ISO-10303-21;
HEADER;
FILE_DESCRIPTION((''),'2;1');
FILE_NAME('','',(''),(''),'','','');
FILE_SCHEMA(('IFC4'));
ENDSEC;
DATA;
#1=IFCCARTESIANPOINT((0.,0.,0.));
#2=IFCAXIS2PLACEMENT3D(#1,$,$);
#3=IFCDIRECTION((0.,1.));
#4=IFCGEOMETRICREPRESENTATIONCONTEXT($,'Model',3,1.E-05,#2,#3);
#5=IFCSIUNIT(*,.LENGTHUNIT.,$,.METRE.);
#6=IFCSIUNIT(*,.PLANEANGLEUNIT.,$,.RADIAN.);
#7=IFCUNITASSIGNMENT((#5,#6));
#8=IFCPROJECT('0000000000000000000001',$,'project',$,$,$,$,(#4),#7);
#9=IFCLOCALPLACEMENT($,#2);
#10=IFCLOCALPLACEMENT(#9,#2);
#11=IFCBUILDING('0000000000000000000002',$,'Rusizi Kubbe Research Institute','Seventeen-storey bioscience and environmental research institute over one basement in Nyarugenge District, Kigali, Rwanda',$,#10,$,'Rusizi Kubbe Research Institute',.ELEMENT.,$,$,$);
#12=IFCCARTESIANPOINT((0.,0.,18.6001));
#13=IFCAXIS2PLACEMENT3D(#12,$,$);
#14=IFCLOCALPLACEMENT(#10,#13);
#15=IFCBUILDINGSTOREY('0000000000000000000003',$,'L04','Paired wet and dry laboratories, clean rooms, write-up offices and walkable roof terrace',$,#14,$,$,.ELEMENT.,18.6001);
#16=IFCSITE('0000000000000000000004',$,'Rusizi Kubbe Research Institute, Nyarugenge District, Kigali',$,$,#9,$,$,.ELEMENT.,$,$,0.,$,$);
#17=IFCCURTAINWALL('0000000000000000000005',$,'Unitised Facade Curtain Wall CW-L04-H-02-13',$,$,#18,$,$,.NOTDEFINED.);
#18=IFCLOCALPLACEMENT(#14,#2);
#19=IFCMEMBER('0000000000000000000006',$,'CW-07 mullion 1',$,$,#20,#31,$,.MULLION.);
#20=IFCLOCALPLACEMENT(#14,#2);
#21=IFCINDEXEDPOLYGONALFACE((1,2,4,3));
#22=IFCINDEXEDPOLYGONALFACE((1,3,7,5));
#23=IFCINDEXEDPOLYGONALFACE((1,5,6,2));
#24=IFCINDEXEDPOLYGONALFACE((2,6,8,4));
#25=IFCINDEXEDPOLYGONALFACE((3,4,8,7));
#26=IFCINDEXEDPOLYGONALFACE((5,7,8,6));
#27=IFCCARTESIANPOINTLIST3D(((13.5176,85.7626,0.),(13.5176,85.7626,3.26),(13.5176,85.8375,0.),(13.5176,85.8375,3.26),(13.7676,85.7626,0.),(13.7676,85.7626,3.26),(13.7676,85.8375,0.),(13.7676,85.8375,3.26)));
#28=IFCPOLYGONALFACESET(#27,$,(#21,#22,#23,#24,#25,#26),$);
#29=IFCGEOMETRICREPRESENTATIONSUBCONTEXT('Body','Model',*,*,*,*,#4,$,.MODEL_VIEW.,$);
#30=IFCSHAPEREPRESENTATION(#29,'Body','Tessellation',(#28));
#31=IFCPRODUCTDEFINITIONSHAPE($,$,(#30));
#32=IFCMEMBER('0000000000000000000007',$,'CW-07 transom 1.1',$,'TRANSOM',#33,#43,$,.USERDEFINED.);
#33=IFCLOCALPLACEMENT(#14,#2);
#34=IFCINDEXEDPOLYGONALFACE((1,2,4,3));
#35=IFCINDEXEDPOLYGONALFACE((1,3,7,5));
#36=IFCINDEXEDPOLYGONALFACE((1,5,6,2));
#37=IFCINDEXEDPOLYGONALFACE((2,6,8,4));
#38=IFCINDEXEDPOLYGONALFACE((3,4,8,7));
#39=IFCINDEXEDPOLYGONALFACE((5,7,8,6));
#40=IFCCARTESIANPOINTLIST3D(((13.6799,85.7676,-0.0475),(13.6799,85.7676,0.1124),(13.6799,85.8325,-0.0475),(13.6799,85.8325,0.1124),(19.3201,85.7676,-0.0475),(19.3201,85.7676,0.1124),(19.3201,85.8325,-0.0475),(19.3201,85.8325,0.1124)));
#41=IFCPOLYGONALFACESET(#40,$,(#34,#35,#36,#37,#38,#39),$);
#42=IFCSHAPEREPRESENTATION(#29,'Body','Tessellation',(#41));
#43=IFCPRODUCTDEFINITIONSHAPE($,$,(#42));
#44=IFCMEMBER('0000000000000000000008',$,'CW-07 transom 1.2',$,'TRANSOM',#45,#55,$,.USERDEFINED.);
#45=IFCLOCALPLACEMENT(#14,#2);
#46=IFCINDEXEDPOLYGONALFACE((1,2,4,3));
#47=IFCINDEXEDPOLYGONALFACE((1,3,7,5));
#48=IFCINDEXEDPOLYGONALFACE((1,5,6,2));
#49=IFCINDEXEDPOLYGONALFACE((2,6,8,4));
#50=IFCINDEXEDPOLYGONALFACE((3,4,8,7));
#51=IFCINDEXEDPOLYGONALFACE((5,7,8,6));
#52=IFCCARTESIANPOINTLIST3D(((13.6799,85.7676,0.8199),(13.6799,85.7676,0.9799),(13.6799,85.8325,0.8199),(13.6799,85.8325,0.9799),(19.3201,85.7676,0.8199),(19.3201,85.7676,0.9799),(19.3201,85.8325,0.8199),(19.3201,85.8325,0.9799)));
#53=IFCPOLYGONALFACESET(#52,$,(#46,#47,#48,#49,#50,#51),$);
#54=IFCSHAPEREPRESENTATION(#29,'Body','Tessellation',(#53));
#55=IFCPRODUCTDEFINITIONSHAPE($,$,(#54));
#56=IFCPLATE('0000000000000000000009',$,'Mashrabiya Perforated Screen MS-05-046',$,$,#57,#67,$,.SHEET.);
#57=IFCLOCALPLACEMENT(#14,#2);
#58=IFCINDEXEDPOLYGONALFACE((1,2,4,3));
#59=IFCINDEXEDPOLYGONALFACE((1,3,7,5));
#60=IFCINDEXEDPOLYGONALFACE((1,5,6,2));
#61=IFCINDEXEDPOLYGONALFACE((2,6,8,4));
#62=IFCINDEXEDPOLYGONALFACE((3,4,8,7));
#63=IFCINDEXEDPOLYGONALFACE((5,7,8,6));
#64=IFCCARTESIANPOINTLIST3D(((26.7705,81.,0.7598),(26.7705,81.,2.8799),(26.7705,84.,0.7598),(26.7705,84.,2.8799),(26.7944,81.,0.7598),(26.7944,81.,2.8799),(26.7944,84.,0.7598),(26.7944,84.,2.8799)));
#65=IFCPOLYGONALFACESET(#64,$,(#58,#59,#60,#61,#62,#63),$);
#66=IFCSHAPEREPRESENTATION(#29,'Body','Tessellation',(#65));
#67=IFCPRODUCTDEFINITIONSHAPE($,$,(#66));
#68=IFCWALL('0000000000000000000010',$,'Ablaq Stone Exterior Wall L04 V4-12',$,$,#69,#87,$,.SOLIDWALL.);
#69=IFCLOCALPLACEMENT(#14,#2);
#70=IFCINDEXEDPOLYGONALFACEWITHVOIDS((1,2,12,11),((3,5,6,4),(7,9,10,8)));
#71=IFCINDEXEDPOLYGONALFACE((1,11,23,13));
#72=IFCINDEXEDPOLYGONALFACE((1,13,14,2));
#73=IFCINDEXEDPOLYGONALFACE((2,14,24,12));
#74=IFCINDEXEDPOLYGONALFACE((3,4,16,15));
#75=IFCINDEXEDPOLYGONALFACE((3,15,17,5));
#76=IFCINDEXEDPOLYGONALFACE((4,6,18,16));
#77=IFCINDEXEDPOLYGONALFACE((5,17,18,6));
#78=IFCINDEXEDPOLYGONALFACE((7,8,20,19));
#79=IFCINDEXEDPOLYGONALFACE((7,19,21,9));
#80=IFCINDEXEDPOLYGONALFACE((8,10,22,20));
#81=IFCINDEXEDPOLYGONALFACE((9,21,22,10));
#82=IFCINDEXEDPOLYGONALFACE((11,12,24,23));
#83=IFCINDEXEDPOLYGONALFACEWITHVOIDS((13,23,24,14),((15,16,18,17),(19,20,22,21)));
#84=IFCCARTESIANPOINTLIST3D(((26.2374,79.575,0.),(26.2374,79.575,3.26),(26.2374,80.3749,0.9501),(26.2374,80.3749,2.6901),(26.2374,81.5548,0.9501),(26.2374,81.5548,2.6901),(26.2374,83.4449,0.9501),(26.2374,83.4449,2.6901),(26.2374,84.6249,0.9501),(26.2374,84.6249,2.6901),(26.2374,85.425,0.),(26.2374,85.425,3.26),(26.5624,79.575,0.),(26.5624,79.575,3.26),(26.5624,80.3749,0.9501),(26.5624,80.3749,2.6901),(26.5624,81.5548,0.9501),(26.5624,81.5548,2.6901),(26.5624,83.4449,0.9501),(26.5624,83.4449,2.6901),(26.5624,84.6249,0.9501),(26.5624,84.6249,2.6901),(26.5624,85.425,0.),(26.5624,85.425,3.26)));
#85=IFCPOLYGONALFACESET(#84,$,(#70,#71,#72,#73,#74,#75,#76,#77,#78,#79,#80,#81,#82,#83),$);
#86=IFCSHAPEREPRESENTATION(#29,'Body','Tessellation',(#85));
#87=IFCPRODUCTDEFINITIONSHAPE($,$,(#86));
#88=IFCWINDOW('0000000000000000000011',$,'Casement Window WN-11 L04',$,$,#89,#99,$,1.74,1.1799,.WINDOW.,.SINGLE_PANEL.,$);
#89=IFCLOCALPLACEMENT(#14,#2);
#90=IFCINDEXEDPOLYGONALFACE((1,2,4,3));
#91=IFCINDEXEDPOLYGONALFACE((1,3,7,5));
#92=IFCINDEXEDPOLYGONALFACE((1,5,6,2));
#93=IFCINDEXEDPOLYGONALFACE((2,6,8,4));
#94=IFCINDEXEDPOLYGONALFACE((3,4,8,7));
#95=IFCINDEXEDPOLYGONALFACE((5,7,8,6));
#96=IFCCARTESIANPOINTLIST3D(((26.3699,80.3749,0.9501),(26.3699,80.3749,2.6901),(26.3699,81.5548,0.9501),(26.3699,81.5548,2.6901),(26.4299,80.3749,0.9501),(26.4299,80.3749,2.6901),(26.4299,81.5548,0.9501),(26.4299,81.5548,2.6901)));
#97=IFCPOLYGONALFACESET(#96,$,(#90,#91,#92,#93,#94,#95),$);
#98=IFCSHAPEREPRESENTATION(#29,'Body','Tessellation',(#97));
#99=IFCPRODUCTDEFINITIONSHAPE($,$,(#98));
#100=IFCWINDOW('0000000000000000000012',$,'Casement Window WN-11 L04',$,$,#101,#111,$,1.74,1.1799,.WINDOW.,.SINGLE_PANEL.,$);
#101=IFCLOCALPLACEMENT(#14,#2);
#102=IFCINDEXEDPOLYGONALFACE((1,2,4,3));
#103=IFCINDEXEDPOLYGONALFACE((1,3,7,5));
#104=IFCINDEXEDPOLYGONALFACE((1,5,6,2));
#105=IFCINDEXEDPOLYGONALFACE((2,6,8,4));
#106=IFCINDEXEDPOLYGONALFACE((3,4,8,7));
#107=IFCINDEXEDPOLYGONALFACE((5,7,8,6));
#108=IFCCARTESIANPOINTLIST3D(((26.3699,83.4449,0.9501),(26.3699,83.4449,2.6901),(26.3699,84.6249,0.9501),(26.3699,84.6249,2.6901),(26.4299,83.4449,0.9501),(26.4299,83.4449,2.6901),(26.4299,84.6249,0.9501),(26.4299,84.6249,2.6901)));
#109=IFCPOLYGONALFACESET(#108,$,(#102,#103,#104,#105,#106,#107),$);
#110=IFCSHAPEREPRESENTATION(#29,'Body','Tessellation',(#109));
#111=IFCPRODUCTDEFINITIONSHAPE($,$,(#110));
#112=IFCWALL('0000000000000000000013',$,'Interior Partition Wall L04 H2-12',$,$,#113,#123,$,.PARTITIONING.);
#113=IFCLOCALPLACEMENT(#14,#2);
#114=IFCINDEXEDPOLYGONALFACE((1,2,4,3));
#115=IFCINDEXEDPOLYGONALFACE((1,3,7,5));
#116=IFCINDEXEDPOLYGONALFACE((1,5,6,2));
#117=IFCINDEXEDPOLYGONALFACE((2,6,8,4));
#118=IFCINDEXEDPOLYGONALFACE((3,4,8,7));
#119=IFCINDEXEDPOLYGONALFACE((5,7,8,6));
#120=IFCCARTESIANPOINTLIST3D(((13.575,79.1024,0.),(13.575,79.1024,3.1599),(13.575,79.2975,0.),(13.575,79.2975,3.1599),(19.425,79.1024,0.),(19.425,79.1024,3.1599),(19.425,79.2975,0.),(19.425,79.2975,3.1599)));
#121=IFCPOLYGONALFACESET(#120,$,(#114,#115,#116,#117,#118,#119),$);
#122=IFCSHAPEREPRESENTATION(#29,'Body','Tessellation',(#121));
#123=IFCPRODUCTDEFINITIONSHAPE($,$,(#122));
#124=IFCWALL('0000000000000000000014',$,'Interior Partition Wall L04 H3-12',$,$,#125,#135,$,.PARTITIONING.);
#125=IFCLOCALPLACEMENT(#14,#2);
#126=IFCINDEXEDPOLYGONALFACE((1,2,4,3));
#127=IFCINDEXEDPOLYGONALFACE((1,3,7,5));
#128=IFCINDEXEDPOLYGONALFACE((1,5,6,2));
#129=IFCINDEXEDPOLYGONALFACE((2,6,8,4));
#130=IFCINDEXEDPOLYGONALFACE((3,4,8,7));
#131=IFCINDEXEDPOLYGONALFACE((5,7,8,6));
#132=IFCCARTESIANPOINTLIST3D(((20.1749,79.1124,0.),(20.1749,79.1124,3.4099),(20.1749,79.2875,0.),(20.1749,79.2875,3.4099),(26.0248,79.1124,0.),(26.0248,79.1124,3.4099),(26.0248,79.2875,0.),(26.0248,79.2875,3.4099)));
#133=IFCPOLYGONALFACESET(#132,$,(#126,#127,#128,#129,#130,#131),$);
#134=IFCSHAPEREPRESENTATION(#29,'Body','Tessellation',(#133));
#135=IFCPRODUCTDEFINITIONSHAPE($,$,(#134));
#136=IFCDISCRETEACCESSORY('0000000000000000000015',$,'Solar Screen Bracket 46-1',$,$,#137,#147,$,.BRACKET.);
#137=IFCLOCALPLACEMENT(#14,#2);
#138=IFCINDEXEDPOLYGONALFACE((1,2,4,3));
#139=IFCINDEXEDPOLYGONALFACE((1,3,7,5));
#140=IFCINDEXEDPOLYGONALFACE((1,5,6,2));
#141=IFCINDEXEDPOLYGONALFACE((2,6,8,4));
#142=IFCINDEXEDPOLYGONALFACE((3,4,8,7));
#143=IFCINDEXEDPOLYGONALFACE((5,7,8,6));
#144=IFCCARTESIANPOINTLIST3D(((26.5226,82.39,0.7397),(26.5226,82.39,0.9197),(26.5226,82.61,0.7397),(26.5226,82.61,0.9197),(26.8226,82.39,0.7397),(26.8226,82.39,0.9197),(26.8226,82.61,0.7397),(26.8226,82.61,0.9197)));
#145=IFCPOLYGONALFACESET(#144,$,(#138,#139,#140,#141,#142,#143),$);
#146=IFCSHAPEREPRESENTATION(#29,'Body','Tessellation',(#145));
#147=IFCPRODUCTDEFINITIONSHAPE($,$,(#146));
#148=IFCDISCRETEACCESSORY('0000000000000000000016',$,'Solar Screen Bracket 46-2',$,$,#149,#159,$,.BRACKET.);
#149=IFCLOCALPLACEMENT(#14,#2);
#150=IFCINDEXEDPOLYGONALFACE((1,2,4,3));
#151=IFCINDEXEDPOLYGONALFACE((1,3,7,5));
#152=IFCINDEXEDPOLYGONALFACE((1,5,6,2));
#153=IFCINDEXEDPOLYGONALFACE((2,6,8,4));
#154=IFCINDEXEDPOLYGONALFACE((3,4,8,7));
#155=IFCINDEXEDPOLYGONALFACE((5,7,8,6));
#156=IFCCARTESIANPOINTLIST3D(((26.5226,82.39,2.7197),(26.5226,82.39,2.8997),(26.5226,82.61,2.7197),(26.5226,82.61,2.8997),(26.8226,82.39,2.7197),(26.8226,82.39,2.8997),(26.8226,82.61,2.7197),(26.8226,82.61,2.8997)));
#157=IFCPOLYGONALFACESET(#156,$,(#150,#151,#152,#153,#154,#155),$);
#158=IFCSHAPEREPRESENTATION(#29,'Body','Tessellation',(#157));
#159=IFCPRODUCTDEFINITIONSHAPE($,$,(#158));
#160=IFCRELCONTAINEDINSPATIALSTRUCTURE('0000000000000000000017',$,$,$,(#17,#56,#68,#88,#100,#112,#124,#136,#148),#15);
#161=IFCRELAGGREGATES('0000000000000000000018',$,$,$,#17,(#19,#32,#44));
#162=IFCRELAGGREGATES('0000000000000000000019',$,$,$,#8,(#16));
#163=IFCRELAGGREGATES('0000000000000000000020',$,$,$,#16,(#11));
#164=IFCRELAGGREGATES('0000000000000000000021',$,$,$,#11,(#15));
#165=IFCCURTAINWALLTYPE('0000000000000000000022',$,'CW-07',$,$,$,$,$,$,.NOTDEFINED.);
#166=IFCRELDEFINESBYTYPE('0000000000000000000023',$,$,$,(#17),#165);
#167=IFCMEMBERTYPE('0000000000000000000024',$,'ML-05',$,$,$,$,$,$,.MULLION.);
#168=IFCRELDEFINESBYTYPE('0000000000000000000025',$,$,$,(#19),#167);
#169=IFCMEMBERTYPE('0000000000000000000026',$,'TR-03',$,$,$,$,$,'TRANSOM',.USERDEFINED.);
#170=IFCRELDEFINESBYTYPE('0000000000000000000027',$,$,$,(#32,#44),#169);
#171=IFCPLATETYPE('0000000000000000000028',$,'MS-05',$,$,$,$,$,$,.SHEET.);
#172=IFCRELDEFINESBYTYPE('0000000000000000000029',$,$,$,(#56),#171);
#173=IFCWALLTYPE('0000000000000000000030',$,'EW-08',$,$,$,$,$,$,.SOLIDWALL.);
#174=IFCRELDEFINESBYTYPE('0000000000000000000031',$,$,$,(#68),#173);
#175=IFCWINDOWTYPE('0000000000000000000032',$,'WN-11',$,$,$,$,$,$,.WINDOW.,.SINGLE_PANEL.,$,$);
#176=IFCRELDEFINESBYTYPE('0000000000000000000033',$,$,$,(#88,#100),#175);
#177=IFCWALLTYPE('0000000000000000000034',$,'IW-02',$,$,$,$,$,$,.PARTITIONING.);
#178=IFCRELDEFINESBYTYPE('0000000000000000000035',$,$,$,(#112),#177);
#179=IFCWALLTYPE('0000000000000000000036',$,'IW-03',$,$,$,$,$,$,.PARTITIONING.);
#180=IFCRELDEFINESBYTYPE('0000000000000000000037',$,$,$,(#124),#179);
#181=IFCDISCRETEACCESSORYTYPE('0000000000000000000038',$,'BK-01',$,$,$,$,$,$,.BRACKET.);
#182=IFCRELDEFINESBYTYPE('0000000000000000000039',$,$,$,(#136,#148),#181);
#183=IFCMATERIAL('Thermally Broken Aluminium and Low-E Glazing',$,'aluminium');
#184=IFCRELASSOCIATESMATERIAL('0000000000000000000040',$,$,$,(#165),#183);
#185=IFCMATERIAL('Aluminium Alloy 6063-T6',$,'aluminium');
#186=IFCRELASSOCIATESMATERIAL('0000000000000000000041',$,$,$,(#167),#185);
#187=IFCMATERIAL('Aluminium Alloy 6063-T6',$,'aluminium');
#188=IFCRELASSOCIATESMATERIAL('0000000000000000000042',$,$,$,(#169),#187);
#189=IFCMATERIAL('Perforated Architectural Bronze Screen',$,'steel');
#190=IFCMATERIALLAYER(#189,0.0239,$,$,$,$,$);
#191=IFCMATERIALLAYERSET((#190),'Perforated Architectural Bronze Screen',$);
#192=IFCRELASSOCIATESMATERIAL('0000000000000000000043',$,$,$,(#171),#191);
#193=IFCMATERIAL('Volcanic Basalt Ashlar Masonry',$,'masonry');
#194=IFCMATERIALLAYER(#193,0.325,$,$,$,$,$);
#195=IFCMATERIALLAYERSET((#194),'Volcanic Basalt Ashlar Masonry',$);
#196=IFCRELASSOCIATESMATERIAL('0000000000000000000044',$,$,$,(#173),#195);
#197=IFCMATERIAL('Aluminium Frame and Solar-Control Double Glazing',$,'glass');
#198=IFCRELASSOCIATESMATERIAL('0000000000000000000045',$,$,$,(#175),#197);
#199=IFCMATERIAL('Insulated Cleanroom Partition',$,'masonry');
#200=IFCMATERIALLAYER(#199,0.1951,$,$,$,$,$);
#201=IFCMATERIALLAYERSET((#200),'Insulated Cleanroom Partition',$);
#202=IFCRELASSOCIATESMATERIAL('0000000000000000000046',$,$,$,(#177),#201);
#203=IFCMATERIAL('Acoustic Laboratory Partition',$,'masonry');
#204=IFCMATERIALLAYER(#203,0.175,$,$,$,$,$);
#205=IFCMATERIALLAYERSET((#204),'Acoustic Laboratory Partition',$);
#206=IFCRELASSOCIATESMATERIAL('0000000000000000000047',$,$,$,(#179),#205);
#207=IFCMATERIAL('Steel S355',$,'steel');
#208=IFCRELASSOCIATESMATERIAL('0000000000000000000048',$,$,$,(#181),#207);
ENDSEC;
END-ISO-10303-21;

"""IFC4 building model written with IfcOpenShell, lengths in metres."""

from ifc_helpers import new_model, si_unit, direction, frame, frame_2d, origin, origin_2d, place, context, subcontext, project, spatial, rectangle, extrude, material, layer, layer_set, material_profile, profile_set, type_object, element, fill, aggregate, save


model = new_model("IFC4")

# Units and contexts
model_context = context("Model", 3, precision=1e-05, world=origin(), true_north=direction((0.0, 1.0)))
body_context = subcontext(model_context, "Body", "Model", "MODEL_VIEW")
ifc_project = project(units=[si_unit("LENGTHUNIT", "METRE"), si_unit("PLANEANGLEUNIT", "RADIAN")], contexts=[model_context])

# Site, building, storey
site_placement = place(None, origin())
site = spatial("IfcSite", under=ifc_project, at=site_placement, Name="Rusizi Kubbe Research Institute, Nyarugenge District, Kigali", CompositionType="ELEMENT", RefElevation=0.0)
building_placement = place(site_placement, origin())
building = spatial("IfcBuilding", under=site, at=building_placement, Name="Rusizi Kubbe Research Institute", Description="Seventeen-storey bioscience and environmental research institute over one basement in Nyarugenge District, Kigali, Rwanda", LongName="Rusizi Kubbe Research Institute", CompositionType="ELEMENT")
storey_placement = place(building_placement, frame((0.0, 0.0, 18.6001)))
storey = spatial("IfcBuildingStorey", under=building, at=storey_placement, Name="L04", Description="Paired wet and dry laboratories, clean rooms, write-up offices and walkable roof terrace", CompositionType="ELEMENT", Elevation=18.6001)

# Curtain wall, members
ifc_material_1 = material(Name="Thermally Broken Aluminium and Low-E Glazing", Category="aluminium")
curtain_wall_type = type_object("IfcCurtainWallType", Name="CW-07", PredefinedType="NOTDEFINED", material=ifc_material_1)
curtain_wall_placement = place(storey_placement, origin())
curtain_wall = element("IfcCurtainWall", 1, at=curtain_wall_placement, inside=storey, type_object=curtain_wall_type, Name="Unitised Facade Curtain Wall CW-L04-H-02-13", PredefinedType="NOTDEFINED")
ifc_material_2 = material(Name="Aluminium Alloy 6063-T6", Category="aluminium")
ifc_material_profile_1 = material_profile(ifc_material_2, rectangle(XDim=0.075, YDim=0.25, at=origin_2d()), Name="ALU-M 75x250")
ifc_profile_set_1 = profile_set([ifc_material_profile_1], Name="Aluminium Alloy 6063-T6")
member_type_1 = type_object("IfcMemberType", Name="ML-05", PredefinedType="MULLION", material=ifc_profile_set_1)
member_1_placement = place(storey_placement, frame((13.6426, 85.8, 0.0), z_axis=(0.0, 0.0, 1.0), x_axis=(0.0, 1.0, 0.0)))
member_1 = element("IfcMember", 2, at=member_1_placement, type_object=member_type_1, Name="CW-07 mullion 1", PredefinedType="MULLION", context=body_context, shape_type="SweptSolid", body=[
    extrude(rectangle(XDim=0.075, YDim=0.25, at=origin_2d()), origin(), (0.0, 0.0, 1.0), 3.26),
])
ifc_material_3 = material(Name="Aluminium Alloy 6063-T6", Category="aluminium")
ifc_material_profile_2 = material_profile(ifc_material_3, rectangle(XDim=0.0649, YDim=0.1599, at=origin_2d()), Name="ALU-T 65x160")
ifc_profile_set_2 = profile_set([ifc_material_profile_2], Name="Aluminium Alloy 6063-T6")
member_type_2 = type_object("IfcMemberType", Name="TR-03", ElementType="TRANSOM", PredefinedType="USERDEFINED", material=ifc_profile_set_2)
member_2_placement = place(storey_placement, frame((13.6799, 85.8, 0.0325), z_axis=(1.0, 0.0, 0.0), x_axis=(0.0, 1.0, 0.0)))
member_2 = element("IfcMember", 3, at=member_2_placement, type_object=member_type_2, Name="CW-07 transom 1.1", ObjectType="TRANSOM", PredefinedType="USERDEFINED", context=body_context, shape_type="SweptSolid", body=[
    extrude(rectangle(XDim=0.0649, YDim=0.1599, at=origin_2d()), origin(), (0.0, 0.0, 1.0), 5.6401),
])
member_3_placement = place(storey_placement, frame((13.6799, 85.8, 0.8999), z_axis=(1.0, 0.0, 0.0), x_axis=(0.0, 1.0, 0.0)))
member_3 = element("IfcMember", 4, at=member_3_placement, type_object=member_type_2, Name="CW-07 transom 1.2", ObjectType="TRANSOM", PredefinedType="USERDEFINED", context=body_context, shape_type="SweptSolid", body=[
    extrude(rectangle(XDim=0.0649, YDim=0.1599, at=origin_2d()), origin(), (0.0, 0.0, 1.0), 5.6401),
])
aggregate(curtain_wall, [member_1, member_2, member_3])

# Plate
ifc_material_4 = material(Name="Perforated Architectural Bronze Screen", Category="steel")
ifc_layer_1 = layer(ifc_material_4, 0.0239)
ifc_layer_set_1 = layer_set([ifc_layer_1], Name="Perforated Architectural Bronze Screen")
plate_type = type_object("IfcPlateType", Name="MS-05", PredefinedType="SHEET", material=ifc_layer_set_1)
plate_placement = place(storey_placement, frame((26.7825, 82.5, 0.7598), z_axis=(0.0, 0.0, 1.0), x_axis=(0.0, 1.0, 0.0)))
element("IfcPlate", 5, at=plate_placement, inside=storey, type_object=plate_type, Name="Mashrabiya Perforated Screen MS-05-046", PredefinedType="SHEET", context=body_context, shape_type="SweptSolid", body=[
    extrude(rectangle(XDim=3.0, YDim=0.0239, at=origin_2d()), origin(), (0.0, 0.0, 1.0), 2.1201),
])

# Wall, openings, windows
ifc_material_5 = material(Name="Volcanic Basalt Ashlar Masonry", Category="masonry")
ifc_layer_2 = layer(ifc_material_5, 0.325)
ifc_layer_set_2 = layer_set([ifc_layer_2], Name="Volcanic Basalt Ashlar Masonry")
wall_type_1 = type_object("IfcWallType", Name="EW-08", PredefinedType="SOLIDWALL", material=ifc_layer_set_2)
wall_1_placement = place(storey_placement, frame((26.3999, 79.575, 0.0), z_axis=(0.0, 0.0, 1.0), x_axis=(0.0, 1.0, 0.0)))
wall_1 = element("IfcWall", 6, at=wall_1_placement, inside=storey, type_object=wall_type_1, Name="Ablaq Stone Exterior Wall L04 V4-12", PredefinedType="SOLIDWALL", context=body_context, shape_type="SweptSolid", body=[
    extrude(rectangle(XDim=5.8501, YDim=0.325, at=frame_2d((2.925, 0.0))), origin(), (0.0, 0.0, 1.0), 3.26),
])
opening_1_placement = place(wall_1_placement, frame((0.8, 0.0, 0.95)))
opening_1 = element("IfcOpeningElement", 7, at=opening_1_placement, cuts=wall_1, PredefinedType="OPENING", context=body_context, shape_type="SweptSolid", body=[
    extrude(rectangle(XDim=1.1799, YDim=1.74, at=frame_2d((0.5898, 0.8701))), frame((0.0, 0.1724, 0.0), z_axis=(0.0, -1.0, 0.0), x_axis=(1.0, 0.0, 0.0)), (0.0, 0.0, 1.0), 0.345),
])
opening_2_placement = place(wall_1_placement, frame((3.8701, 0.0, 0.95)))
opening_2 = element("IfcOpeningElement", 8, at=opening_2_placement, cuts=wall_1, PredefinedType="OPENING", context=body_context, shape_type="SweptSolid", body=[
    extrude(rectangle(XDim=1.1799, YDim=1.74, at=frame_2d((0.5898, 0.8701))), frame((0.0, 0.1724, 0.0), z_axis=(0.0, -1.0, 0.0), x_axis=(1.0, 0.0, 0.0)), (0.0, 0.0, 1.0), 0.345),
])
ifc_material_6 = material(Name="Aluminium Frame and Solar-Control Double Glazing", Category="glass")
window_type = type_object("IfcWindowType", Name="WN-11", PartitioningType="SINGLE_PANEL", PredefinedType="WINDOW", material=ifc_material_6)
window_1_placement = place(opening_1_placement, origin())
window_1 = element("IfcWindow", 9, at=window_1_placement, inside=storey, type_object=window_type, Name="Casement Window WN-11 L04", OverallHeight=1.74, OverallWidth=1.1799, PartitioningType="SINGLE_PANEL", PredefinedType="WINDOW", context=body_context, shape_type="SweptSolid", body=[
    extrude(rectangle(XDim=1.1799, YDim=1.74, at=frame_2d((0.5898, 0.8701))), frame((0.0, 0.03, 0.0), z_axis=(0.0, -1.0, 0.0), x_axis=(1.0, 0.0, 0.0)), (0.0, 0.0, 1.0), 0.0601),
])
fill(opening_1, window_1)
window_2_placement = place(opening_2_placement, origin())
window_2 = element("IfcWindow", 10, at=window_2_placement, inside=storey, type_object=window_type, Name="Casement Window WN-11 L04", OverallHeight=1.74, OverallWidth=1.1799, PartitioningType="SINGLE_PANEL", PredefinedType="WINDOW", context=body_context, shape_type="SweptSolid", body=[
    extrude(rectangle(XDim=1.1799, YDim=1.74, at=frame_2d((0.5898, 0.8701))), frame((0.0, 0.03, 0.0), z_axis=(0.0, -1.0, 0.0), x_axis=(1.0, 0.0, 0.0)), (0.0, 0.0, 1.0), 0.0601),
])
fill(opening_2, window_2)

# Walls
ifc_material_7 = material(Name="Insulated Cleanroom Partition", Category="masonry")
ifc_layer_3 = layer(ifc_material_7, 0.1951)
ifc_layer_set_3 = layer_set([ifc_layer_3], Name="Insulated Cleanroom Partition")
wall_type_2 = type_object("IfcWallType", Name="IW-02", PredefinedType="PARTITIONING", material=ifc_layer_set_3)
wall_2_placement = place(storey_placement, frame((13.575, 79.2, 0.0), z_axis=(0.0, 0.0, 1.0), x_axis=(1.0, 0.0, 0.0)))
element("IfcWall", 11, at=wall_2_placement, inside=storey, type_object=wall_type_2, Name="Interior Partition Wall L04 H2-12", PredefinedType="PARTITIONING", context=body_context, shape_type="SweptSolid", body=[
    extrude(rectangle(XDim=5.8501, YDim=0.1951, at=frame_2d((2.925, 0.0))), origin(), (0.0, 0.0, 1.0), 3.1599),
])
ifc_material_8 = material(Name="Acoustic Laboratory Partition", Category="masonry")
ifc_layer_4 = layer(ifc_material_8, 0.175)
ifc_layer_set_4 = layer_set([ifc_layer_4], Name="Acoustic Laboratory Partition")
wall_type_3 = type_object("IfcWallType", Name="IW-03", PredefinedType="PARTITIONING", material=ifc_layer_set_4)
wall_3_placement = place(storey_placement, frame((20.175, 79.2, 0.0), z_axis=(0.0, 0.0, 1.0), x_axis=(1.0, 0.0, 0.0)))
element("IfcWall", 12, at=wall_3_placement, inside=storey, type_object=wall_type_3, Name="Interior Partition Wall L04 H3-12", PredefinedType="PARTITIONING", context=body_context, shape_type="SweptSolid", body=[
    extrude(rectangle(XDim=5.8499, YDim=0.175, at=frame_2d((2.9248, 0.0))), origin(), (0.0, 0.0, 1.0), 3.4099),
])

# Discrete accessories
ifc_material_9 = material(Name="Steel S355", Category="steel")
discrete_accessory_type = type_object("IfcDiscreteAccessoryType", Name="BK-01", PredefinedType="BRACKET", material=ifc_material_9)
for number, where, z_axis, x_axis, name in (
    (13, (26.6726, 82.5, 0.7397), (0.0, 0.0, 1.0), (1.0, 0.0, 0.0), "Solar Screen Bracket 46-1"),
    (14, (26.6726, 82.5, 2.7197), (0.0, 0.0, 1.0), (1.0, 0.0, 0.0), "Solar Screen Bracket 46-2"),
):
    element("IfcDiscreteAccessory", number, at=place(storey_placement, frame(where, z_axis=z_axis, x_axis=x_axis)), inside=storey, type_object=discrete_accessory_type, Name=name, PredefinedType="BRACKET", context=body_context, shape_type="SweptSolid", body=[
        extrude(rectangle(XDim=0.3, YDim=0.22, at=origin_2d()), origin(), (0.0, 0.0, 1.0), 0.1799),
    ])

save(model, "model.ifc")
